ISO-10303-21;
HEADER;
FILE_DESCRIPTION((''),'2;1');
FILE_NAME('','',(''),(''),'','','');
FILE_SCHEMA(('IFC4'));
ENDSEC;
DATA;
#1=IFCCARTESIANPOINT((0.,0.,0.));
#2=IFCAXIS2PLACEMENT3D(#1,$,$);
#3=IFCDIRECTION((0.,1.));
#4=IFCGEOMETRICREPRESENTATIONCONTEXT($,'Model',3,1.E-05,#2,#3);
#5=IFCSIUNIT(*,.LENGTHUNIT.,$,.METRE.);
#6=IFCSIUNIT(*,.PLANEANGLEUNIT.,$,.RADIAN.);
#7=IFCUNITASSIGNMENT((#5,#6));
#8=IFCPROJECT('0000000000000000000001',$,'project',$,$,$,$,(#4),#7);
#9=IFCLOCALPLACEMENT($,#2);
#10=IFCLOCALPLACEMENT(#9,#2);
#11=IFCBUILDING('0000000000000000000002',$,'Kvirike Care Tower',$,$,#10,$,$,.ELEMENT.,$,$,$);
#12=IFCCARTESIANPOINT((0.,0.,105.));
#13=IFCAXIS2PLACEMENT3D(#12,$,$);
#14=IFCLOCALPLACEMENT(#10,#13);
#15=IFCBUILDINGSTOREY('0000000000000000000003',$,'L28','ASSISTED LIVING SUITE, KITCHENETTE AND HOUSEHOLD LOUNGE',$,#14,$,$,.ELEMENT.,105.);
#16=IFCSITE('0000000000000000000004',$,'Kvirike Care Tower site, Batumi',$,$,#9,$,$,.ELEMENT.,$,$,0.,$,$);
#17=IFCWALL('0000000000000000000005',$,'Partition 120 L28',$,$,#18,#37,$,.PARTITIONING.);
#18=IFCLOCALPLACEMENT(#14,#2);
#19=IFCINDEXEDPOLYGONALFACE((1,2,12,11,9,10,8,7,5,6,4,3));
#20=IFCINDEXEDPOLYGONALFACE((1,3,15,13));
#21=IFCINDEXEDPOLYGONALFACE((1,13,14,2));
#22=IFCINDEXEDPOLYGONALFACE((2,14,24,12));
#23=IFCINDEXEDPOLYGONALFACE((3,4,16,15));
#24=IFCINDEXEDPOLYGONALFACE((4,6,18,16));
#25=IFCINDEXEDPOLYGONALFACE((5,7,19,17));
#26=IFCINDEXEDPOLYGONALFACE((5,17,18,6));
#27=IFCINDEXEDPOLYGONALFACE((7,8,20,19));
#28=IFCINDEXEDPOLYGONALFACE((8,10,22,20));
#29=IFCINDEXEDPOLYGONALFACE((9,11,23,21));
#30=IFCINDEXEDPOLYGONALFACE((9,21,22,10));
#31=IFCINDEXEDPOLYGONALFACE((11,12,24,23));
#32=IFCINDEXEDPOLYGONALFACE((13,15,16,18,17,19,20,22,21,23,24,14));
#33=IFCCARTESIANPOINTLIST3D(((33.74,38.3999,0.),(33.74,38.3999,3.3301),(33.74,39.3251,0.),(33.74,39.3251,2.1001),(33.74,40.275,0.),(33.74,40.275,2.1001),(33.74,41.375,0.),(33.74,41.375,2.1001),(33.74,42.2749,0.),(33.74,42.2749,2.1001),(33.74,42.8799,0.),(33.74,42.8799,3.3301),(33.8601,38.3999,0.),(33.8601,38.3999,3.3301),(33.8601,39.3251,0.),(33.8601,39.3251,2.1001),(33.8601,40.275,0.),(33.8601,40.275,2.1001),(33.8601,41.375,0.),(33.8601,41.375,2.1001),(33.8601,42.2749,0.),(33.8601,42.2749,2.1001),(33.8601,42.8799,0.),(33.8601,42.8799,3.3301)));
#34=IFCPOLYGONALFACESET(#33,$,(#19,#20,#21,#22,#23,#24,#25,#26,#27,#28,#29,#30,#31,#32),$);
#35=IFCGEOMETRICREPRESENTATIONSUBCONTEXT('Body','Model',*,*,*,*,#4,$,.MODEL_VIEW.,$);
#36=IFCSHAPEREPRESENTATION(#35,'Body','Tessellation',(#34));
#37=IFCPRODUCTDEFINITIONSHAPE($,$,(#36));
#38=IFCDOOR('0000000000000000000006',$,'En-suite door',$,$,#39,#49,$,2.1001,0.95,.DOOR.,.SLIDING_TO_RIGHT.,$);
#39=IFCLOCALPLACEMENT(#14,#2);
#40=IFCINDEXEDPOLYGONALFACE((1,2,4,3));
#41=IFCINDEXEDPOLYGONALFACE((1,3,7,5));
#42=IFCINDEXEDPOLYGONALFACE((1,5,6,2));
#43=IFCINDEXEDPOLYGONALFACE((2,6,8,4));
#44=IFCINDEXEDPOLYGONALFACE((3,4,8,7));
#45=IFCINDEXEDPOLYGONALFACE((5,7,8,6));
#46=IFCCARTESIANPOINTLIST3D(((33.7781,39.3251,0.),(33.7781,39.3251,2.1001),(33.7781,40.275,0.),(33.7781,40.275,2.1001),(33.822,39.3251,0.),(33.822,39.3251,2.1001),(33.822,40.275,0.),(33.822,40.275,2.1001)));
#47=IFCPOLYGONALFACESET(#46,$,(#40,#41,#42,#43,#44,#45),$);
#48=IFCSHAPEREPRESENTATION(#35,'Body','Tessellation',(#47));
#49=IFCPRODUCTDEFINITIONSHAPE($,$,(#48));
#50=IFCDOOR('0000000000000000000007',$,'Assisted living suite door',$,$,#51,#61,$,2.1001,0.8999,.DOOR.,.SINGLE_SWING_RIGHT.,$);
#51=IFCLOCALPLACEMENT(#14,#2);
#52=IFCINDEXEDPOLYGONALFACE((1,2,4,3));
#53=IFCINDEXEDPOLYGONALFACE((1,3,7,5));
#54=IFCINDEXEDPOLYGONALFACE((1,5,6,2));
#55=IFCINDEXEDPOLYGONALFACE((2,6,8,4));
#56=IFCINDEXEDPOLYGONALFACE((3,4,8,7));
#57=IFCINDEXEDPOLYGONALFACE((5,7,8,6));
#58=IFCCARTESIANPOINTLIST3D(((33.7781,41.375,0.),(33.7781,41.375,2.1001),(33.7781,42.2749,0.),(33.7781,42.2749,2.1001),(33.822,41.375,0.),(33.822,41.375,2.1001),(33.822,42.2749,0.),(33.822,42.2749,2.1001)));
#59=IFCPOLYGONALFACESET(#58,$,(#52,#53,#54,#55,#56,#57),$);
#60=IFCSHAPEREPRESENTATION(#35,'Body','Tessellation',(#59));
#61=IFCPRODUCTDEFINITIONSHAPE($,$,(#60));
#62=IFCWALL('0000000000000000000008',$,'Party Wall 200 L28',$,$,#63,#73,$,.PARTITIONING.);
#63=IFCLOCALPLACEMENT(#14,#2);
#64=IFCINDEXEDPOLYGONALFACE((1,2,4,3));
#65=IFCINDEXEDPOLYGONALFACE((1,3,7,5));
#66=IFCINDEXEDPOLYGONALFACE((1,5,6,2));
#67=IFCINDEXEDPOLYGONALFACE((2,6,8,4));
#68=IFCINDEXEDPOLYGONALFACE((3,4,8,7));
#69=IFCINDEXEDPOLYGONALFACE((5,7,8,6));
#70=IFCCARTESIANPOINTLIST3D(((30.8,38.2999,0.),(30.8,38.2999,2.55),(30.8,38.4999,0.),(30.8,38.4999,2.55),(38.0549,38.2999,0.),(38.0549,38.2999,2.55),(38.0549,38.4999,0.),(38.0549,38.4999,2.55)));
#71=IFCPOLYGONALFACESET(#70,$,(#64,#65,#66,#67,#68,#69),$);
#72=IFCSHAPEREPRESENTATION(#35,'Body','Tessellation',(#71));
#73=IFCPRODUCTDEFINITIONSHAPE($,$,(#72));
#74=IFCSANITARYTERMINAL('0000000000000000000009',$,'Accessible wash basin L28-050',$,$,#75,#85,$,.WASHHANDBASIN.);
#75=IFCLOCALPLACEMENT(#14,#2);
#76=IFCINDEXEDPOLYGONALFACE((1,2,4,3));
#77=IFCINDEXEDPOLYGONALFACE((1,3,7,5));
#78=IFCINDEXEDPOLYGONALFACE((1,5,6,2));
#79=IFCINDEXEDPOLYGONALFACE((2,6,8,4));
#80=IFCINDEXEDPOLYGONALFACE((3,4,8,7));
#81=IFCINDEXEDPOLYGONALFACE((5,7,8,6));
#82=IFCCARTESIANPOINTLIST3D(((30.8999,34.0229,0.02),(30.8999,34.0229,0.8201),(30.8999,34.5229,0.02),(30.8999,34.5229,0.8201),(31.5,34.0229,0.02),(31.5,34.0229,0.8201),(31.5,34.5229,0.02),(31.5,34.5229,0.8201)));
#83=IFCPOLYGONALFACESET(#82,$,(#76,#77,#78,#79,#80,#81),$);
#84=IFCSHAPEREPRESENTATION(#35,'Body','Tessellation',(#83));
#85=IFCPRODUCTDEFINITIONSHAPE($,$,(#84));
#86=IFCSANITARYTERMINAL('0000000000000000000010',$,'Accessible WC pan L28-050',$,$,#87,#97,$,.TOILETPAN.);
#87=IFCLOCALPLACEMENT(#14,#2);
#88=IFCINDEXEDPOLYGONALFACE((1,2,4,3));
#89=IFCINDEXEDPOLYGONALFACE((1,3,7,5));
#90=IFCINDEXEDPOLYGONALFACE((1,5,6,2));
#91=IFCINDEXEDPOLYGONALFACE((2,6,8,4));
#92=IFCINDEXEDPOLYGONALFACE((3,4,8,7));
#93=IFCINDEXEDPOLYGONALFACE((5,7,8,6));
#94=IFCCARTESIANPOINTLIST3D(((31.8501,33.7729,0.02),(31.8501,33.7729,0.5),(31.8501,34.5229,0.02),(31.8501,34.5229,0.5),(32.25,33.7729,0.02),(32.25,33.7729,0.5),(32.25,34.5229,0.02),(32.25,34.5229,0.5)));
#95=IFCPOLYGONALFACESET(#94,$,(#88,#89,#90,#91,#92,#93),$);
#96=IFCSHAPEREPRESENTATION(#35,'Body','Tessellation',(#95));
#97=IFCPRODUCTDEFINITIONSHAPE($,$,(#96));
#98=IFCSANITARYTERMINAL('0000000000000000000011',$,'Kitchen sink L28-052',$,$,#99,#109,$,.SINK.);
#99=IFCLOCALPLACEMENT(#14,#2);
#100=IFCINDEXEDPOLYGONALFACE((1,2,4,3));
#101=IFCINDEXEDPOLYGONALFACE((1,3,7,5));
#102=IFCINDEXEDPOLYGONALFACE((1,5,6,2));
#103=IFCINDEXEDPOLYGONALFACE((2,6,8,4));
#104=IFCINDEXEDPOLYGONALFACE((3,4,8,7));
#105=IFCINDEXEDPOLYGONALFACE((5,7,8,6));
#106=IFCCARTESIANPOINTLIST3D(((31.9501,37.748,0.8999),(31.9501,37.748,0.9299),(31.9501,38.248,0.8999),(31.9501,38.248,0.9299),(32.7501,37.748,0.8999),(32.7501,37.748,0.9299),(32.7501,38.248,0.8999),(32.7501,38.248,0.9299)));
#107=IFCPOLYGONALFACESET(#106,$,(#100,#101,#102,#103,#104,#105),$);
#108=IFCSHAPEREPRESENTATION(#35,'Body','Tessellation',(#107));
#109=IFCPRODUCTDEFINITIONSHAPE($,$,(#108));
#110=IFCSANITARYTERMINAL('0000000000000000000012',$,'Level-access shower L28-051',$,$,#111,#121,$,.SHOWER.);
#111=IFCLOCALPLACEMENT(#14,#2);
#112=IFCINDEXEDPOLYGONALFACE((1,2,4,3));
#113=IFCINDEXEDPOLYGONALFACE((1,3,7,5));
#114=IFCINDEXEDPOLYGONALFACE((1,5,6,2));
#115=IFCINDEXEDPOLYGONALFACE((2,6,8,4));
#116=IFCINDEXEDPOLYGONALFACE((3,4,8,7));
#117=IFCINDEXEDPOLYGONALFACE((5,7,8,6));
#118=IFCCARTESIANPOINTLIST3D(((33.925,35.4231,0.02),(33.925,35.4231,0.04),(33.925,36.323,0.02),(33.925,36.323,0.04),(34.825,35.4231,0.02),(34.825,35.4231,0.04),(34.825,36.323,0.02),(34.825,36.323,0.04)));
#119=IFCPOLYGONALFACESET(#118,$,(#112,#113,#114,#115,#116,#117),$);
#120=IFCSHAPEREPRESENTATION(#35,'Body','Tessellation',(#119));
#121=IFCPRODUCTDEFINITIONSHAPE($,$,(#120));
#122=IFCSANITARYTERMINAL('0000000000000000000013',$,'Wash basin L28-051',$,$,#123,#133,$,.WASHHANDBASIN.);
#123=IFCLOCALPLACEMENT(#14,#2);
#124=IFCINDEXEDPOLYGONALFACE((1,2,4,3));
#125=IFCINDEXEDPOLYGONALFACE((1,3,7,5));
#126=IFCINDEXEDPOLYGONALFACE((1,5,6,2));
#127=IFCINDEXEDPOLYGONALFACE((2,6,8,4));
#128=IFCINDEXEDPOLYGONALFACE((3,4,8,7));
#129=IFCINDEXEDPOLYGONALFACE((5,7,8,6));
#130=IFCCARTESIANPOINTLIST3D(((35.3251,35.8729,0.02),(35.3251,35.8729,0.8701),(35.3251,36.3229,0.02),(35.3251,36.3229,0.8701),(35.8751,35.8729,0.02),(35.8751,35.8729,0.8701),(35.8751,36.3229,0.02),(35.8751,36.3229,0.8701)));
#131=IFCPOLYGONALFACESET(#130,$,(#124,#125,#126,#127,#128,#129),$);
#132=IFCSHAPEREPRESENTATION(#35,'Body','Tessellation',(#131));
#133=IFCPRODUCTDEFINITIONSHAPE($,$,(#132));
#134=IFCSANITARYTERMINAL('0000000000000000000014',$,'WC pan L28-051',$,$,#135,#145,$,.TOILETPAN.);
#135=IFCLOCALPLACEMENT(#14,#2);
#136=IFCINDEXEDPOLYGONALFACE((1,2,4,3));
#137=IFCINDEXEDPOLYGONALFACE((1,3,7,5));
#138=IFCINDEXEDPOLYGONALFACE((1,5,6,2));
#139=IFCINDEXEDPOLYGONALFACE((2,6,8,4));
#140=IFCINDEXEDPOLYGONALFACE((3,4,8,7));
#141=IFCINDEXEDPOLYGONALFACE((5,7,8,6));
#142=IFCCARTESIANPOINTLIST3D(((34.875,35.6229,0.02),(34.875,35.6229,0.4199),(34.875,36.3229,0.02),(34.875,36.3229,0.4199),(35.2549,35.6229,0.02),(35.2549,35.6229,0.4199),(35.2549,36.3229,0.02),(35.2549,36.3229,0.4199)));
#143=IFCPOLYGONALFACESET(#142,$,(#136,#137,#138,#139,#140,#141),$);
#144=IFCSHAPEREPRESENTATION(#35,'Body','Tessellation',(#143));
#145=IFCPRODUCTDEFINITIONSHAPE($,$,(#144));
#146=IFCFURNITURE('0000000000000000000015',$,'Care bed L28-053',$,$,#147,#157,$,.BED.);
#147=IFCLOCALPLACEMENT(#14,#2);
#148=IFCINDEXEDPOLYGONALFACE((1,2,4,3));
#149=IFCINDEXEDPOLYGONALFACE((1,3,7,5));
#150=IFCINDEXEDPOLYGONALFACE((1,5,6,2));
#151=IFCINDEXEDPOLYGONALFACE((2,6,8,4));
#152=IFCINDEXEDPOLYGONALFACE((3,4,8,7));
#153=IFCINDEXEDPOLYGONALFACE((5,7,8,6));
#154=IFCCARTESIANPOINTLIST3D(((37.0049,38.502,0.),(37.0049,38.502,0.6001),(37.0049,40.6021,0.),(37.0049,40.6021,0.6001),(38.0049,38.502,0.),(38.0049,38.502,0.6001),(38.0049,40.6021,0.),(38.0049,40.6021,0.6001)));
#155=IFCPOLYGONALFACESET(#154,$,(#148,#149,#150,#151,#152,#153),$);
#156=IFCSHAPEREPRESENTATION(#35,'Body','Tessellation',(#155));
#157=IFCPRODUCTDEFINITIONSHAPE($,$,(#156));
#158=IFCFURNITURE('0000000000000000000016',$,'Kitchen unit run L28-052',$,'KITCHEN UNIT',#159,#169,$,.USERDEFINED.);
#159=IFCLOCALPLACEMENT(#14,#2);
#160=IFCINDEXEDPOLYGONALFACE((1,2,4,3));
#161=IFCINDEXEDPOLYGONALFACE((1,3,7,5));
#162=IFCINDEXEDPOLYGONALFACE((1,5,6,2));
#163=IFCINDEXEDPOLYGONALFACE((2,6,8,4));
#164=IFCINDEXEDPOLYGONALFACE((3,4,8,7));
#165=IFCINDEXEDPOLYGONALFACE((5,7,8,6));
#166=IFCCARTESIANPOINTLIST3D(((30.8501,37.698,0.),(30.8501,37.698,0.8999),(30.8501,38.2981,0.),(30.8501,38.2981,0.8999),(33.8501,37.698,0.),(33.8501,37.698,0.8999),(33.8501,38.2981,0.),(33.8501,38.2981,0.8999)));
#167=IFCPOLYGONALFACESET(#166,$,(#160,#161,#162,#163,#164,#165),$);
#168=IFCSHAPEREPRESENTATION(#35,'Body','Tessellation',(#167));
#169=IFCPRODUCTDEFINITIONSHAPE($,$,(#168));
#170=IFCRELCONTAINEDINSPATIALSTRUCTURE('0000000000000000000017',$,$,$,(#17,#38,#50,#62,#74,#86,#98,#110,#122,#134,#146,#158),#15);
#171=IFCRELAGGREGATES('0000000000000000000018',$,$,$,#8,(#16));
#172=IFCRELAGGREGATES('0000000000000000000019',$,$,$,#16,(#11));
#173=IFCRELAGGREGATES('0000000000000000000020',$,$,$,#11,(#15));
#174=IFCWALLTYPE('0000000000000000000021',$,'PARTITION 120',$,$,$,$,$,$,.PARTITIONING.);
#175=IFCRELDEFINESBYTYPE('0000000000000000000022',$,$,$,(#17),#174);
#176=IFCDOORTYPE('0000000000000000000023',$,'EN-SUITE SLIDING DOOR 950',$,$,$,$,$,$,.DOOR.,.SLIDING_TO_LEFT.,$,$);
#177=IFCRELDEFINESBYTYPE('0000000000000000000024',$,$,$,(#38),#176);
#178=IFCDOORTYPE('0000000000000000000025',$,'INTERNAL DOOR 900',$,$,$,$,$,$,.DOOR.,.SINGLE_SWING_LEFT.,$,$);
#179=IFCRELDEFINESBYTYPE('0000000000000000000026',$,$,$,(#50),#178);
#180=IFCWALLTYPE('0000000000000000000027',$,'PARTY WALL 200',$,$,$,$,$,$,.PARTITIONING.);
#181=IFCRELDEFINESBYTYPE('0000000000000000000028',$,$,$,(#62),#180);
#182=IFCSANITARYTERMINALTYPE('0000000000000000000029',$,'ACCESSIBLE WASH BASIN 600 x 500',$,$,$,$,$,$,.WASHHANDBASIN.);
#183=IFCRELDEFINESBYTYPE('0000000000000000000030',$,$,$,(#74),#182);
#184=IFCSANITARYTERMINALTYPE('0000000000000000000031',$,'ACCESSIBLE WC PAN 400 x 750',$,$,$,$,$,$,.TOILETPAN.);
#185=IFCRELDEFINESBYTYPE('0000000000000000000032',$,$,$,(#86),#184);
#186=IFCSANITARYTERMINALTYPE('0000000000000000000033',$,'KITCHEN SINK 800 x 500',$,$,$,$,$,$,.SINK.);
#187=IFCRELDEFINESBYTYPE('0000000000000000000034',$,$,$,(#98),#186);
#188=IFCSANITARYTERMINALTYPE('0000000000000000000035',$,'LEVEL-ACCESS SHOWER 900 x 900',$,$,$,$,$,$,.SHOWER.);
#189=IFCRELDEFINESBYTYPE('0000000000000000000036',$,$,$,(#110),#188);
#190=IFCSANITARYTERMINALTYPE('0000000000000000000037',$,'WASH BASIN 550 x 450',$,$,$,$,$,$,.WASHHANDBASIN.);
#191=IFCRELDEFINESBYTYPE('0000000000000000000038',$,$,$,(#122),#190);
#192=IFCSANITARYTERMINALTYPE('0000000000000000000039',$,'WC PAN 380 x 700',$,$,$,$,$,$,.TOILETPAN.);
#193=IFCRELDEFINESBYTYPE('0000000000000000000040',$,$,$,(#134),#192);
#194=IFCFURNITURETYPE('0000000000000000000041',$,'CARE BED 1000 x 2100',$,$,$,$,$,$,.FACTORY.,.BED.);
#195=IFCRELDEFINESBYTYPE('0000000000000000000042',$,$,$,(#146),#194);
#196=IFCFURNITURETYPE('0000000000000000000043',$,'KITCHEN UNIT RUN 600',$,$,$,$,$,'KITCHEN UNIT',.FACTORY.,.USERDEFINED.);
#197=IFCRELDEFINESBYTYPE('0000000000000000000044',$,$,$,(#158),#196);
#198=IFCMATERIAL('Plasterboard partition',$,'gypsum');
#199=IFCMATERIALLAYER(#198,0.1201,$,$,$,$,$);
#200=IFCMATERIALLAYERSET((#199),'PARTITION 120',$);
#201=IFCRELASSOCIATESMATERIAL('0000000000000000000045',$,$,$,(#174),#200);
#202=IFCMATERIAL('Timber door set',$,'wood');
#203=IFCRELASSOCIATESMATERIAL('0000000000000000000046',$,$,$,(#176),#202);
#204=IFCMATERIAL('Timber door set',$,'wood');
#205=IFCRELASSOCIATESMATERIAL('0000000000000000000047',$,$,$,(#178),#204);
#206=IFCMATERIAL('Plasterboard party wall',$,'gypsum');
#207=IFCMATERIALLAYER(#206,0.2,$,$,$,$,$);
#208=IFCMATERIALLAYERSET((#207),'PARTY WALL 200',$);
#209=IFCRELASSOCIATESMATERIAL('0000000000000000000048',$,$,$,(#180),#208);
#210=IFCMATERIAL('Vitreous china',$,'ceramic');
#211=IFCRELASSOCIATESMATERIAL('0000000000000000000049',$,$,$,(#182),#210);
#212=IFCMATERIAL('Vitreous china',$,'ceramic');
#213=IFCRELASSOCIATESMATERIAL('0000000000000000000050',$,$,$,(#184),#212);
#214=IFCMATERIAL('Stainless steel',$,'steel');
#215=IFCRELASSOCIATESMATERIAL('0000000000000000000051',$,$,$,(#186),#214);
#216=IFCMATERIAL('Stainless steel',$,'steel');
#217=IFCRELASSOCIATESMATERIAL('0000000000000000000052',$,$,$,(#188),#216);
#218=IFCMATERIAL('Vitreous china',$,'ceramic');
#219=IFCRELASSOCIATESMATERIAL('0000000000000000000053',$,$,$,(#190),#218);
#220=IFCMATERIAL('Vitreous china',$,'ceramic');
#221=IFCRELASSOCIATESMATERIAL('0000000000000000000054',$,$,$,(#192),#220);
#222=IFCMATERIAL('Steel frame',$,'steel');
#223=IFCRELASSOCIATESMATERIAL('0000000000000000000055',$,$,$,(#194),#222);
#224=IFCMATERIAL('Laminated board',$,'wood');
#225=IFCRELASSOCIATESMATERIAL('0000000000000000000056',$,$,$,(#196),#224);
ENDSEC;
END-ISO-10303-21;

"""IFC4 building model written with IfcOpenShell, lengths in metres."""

from ifc_helpers import new_model, si_unit, direction, frame, frame_2d, origin, origin_2d, place, context, subcontext, project, spatial, rectangle, extrude, material, layer, layer_set, type_object, element, fill, save


model = new_model("IFC4")

# Units and contexts
model_context = context("Model", 3, precision=1e-05, world=origin(), true_north=direction((0.0, 1.0)))
body_context = subcontext(model_context, "Body", "Model", "MODEL_VIEW")
ifc_project = project(units=[si_unit("LENGTHUNIT", "METRE"), si_unit("PLANEANGLEUNIT", "RADIAN")], contexts=[model_context])

# Site, building, storey
site_placement = place(None, origin())
site = spatial("IfcSite", under=ifc_project, at=site_placement, Name="Kvirike Care Tower site, Batumi", CompositionType="ELEMENT", RefElevation=0.0)
building_placement = place(site_placement, origin())
building = spatial("IfcBuilding", under=site, at=building_placement, Name="Kvirike Care Tower", CompositionType="ELEMENT")
storey_placement = place(building_placement, frame((0.0, 0.0, 105.0)))
storey = spatial("IfcBuildingStorey", under=building, at=storey_placement, Name="L28", Description="ASSISTED LIVING SUITE, KITCHENETTE AND HOUSEHOLD LOUNGE", CompositionType="ELEMENT", Elevation=105.0)

# Wall, openings, doors
ifc_material_1 = material(Name="Plasterboard partition", Category="gypsum")
ifc_layer_1 = layer(ifc_material_1, 0.1201)
ifc_layer_set_1 = layer_set([ifc_layer_1], Name="PARTITION 120")
wall_type_1 = type_object("IfcWallType", Name="PARTITION 120", PredefinedType="PARTITIONING", material=ifc_layer_set_1)
ifc_material_2 = material(Name="Timber door set", Category="wood")
door_type_1 = type_object("IfcDoorType", Name="EN-SUITE SLIDING DOOR 950", OperationType="SLIDING_TO_LEFT", PredefinedType="DOOR", material=ifc_material_2)
ifc_material_3 = material(Name="Timber door set", Category="wood")
door_type_2 = type_object("IfcDoorType", Name="INTERNAL DOOR 900", OperationType="SINGLE_SWING_LEFT", PredefinedType="DOOR", material=ifc_material_3)
wall_1_placement = place(storey_placement, frame((33.8, 38.3999, 0.0), z_axis=(0.0, 0.0, 1.0), x_axis=(0.0, 1.0, 0.0)))
wall_1 = element("IfcWall", 1, at=wall_1_placement, inside=storey, type_object=wall_type_1, Name="Partition 120 L28", PredefinedType="PARTITIONING", context=body_context, shape_type="SweptSolid", body=[
    extrude(rectangle(XDim=4.48, YDim=0.1201, at=frame_2d((2.24, 0.0))), origin(), (0.0, 0.0, 1.0), 3.3301),
])
opening_1_placement = place(wall_1_placement, frame((2.9751, 0.0, 0.0)))
opening_1 = element("IfcOpeningElement", 2, at=opening_1_placement, cuts=wall_1, PredefinedType="OPENING", context=body_context, shape_type="SweptSolid", body=[
    extrude(rectangle(XDim=0.8999, YDim=2.1001, at=frame_2d((0.45, 1.05))), frame((0.0, 0.0706, 0.0), z_axis=(0.0, -1.0, 0.0), x_axis=(1.0, 0.0, 0.0)), (0.0, 0.0, 1.0), 0.1411),
])
opening_2_placement = place(wall_1_placement, frame((0.925, 0.0, 0.0)))
opening_2 = element("IfcOpeningElement", 3, at=opening_2_placement, cuts=wall_1, PredefinedType="OPENING", context=body_context, shape_type="SweptSolid", body=[
    extrude(rectangle(XDim=0.95, YDim=2.1001, at=frame_2d((0.4751, 1.05))), frame((0.0, 0.0706, 0.0), z_axis=(0.0, -1.0, 0.0), x_axis=(1.0, 0.0, 0.0)), (0.0, 0.0, 1.0), 0.1411),
])
door_1_placement = place(opening_2_placement, origin())
door_1 = element("IfcDoor", 4, at=door_1_placement, inside=storey, type_object=door_type_1, Name="En-suite door", OperationType="SLIDING_TO_RIGHT", OverallHeight=2.1001, OverallWidth=0.95, PredefinedType="DOOR", context=body_context, shape_type="SweptSolid", body=[
    extrude(rectangle(XDim=0.95, YDim=2.1001, at=frame_2d((0.4751, 1.05))), frame((0.0, 0.022, 0.0), z_axis=(0.0, -1.0, 0.0), x_axis=(1.0, 0.0, 0.0)), (0.0, 0.0, 1.0), 0.0439),
])
fill(opening_2, door_1)
door_2_placement = place(opening_1_placement, origin())
door_2 = element("IfcDoor", 5, at=door_2_placement, inside=storey, type_object=door_type_2, Name="Assisted living suite door", OperationType="SINGLE_SWING_RIGHT", OverallHeight=2.1001, OverallWidth=0.8999, PredefinedType="DOOR", context=body_context, shape_type="SweptSolid", body=[
    extrude(rectangle(XDim=0.8999, YDim=2.1001, at=frame_2d((0.45, 1.05))), frame((0.0, 0.022, 0.0), z_axis=(0.0, -1.0, 0.0), x_axis=(1.0, 0.0, 0.0)), (0.0, 0.0, 1.0), 0.0439),
])
fill(opening_1, door_2)

# Wall
ifc_material_4 = material(Name="Plasterboard party wall", Category="gypsum")
ifc_layer_2 = layer(ifc_material_4, 0.2)
ifc_layer_set_2 = layer_set([ifc_layer_2], Name="PARTY WALL 200")
wall_type_2 = type_object("IfcWallType", Name="PARTY WALL 200", PredefinedType="PARTITIONING", material=ifc_layer_set_2)
wall_2_placement = place(storey_placement, frame((38.0549, 38.3999, 0.0), z_axis=(0.0, 0.0, 1.0), x_axis=(-1.0, 0.0, 0.0)))
element("IfcWall", 6, at=wall_2_placement, inside=storey, type_object=wall_type_2, Name="Party Wall 200 L28", PredefinedType="PARTITIONING", context=body_context, shape_type="SweptSolid", body=[
    extrude(rectangle(XDim=7.2549, YDim=0.2, at=frame_2d((3.6274, 0.0))), origin(), (0.0, 0.0, 1.0), 2.55),
])

# Sanitary terminals
ifc_material_5 = material(Name="Vitreous china", Category="ceramic")
sanitary_terminal_type_1 = type_object("IfcSanitaryTerminalType", Name="ACCESSIBLE WASH BASIN 600 x 500", PredefinedType="WASHHANDBASIN", material=ifc_material_5)
sanitary_terminal_1_placement = place(storey_placement, frame((31.2, 34.2729, 0.02), z_axis=(0.0, 0.0, 1.0), x_axis=(1.0, 0.0, 0.0)))
element("IfcSanitaryTerminal", 7, at=sanitary_terminal_1_placement, inside=storey, type_object=sanitary_terminal_type_1, Name="Accessible wash basin L28-050", PredefinedType="WASHHANDBASIN", context=body_context, shape_type="SweptSolid", body=[
    extrude(rectangle(XDim=0.6001, YDim=0.5, at=origin_2d()), origin(), (0.0, 0.0, 1.0), 0.8),
])
ifc_material_6 = material(Name="Vitreous china", Category="ceramic")
sanitary_terminal_type_2 = type_object("IfcSanitaryTerminalType", Name="ACCESSIBLE WC PAN 400 x 750", PredefinedType="TOILETPAN", material=ifc_material_6)
sanitary_terminal_2_placement = place(storey_placement, frame((32.05, 34.1479, 0.02), z_axis=(0.0, 0.0, 1.0), x_axis=(1.0, 0.0, 0.0)))
element("IfcSanitaryTerminal", 8, at=sanitary_terminal_2_placement, inside=storey, type_object=sanitary_terminal_type_2, Name="Accessible WC pan L28-050", PredefinedType="TOILETPAN", context=body_context, shape_type="SweptSolid", body=[
    extrude(rectangle(XDim=0.3999, YDim=0.75, at=origin_2d()), origin(), (0.0, 0.0, 1.0), 0.48),
])
ifc_material_7 = material(Name="Stainless steel", Category="steel")
sanitary_terminal_type_3 = type_object("IfcSanitaryTerminalType", Name="KITCHEN SINK 800 x 500", PredefinedType="SINK", material=ifc_material_7)
sanitary_terminal_3_placement = place(storey_placement, frame((32.3501, 37.998, 0.8999), z_axis=(0.0, 0.0, 1.0), x_axis=(1.0, 0.0, 0.0)))
element("IfcSanitaryTerminal", 9, at=sanitary_terminal_3_placement, inside=storey, type_object=sanitary_terminal_type_3, Name="Kitchen sink L28-052", PredefinedType="SINK", context=body_context, shape_type="SweptSolid", body=[
    extrude(rectangle(XDim=0.8, YDim=0.5, at=origin_2d()), origin(), (0.0, 0.0, 1.0), 0.03),
])
ifc_material_8 = material(Name="Stainless steel", Category="steel")
sanitary_terminal_type_4 = type_object("IfcSanitaryTerminalType", Name="LEVEL-ACCESS SHOWER 900 x 900", PredefinedType="SHOWER", material=ifc_material_8)
sanitary_terminal_4_placement = place(storey_placement, frame((34.375, 35.873, 0.02), z_axis=(0.0, 0.0, 1.0), x_axis=(1.0, 0.0, 0.0)))
element("IfcSanitaryTerminal", 10, at=sanitary_terminal_4_placement, inside=storey, type_object=sanitary_terminal_type_4, Name="Level-access shower L28-051", PredefinedType="SHOWER", context=body_context, shape_type="SweptSolid", body=[
    extrude(rectangle(XDim=0.8999, YDim=0.8999, at=origin_2d()), origin(), (0.0, 0.0, 1.0), 0.02),
])
ifc_material_9 = material(Name="Vitreous china", Category="ceramic")
sanitary_terminal_type_5 = type_object("IfcSanitaryTerminalType", Name="WASH BASIN 550 x 450", PredefinedType="WASHHANDBASIN", material=ifc_material_9)
sanitary_terminal_5_placement = place(storey_placement, frame((35.6001, 36.0979, 0.02), z_axis=(0.0, 0.0, 1.0), x_axis=(1.0, 0.0, 0.0)))
element("IfcSanitaryTerminal", 11, at=sanitary_terminal_5_placement, inside=storey, type_object=sanitary_terminal_type_5, Name="Wash basin L28-051", PredefinedType="WASHHANDBASIN", context=body_context, shape_type="SweptSolid", body=[
    extrude(rectangle(XDim=0.55, YDim=0.45, at=origin_2d()), origin(), (0.0, 0.0, 1.0), 0.8501),
])
ifc_material_10 = material(Name="Vitreous china", Category="ceramic")
sanitary_terminal_type_6 = type_object("IfcSanitaryTerminalType", Name="WC PAN 380 x 700", PredefinedType="TOILETPAN", material=ifc_material_10)
sanitary_terminal_6_placement = place(storey_placement, frame((35.0649, 35.9729, 0.02), z_axis=(0.0, 0.0, 1.0), x_axis=(1.0, 0.0, 0.0)))
element("IfcSanitaryTerminal", 12, at=sanitary_terminal_6_placement, inside=storey, type_object=sanitary_terminal_type_6, Name="WC pan L28-051", PredefinedType="TOILETPAN", context=body_context, shape_type="SweptSolid", body=[
    extrude(rectangle(XDim=0.3799, YDim=0.7, at=origin_2d()), origin(), (0.0, 0.0, 1.0), 0.3999),
])

# Furniture
ifc_material_11 = material(Name="Steel frame", Category="steel")
furniture_type_1 = type_object("IfcFurnitureType", Name="CARE BED 1000 x 2100", AssemblyPlace="FACTORY", PredefinedType="BED", material=ifc_material_11)
furniture_1_placement = place(storey_placement, frame((37.5049, 39.552, 0.0), z_axis=(0.0, 0.0, 1.0), x_axis=(-1.0, 0.0, 0.0)))
element("IfcFurniture", 13, at=furniture_1_placement, inside=storey, type_object=furniture_type_1, Name="Care bed L28-053", PredefinedType="BED", context=body_context, shape_type="SweptSolid", body=[
    extrude(rectangle(XDim=1.0, YDim=2.1001, at=origin_2d()), origin(), (0.0, 0.0, 1.0), 0.6001),
])
ifc_material_12 = material(Name="Laminated board", Category="wood")
furniture_type_2 = type_object("IfcFurnitureType", Name="KITCHEN UNIT RUN 600", ElementType="KITCHEN UNIT", AssemblyPlace="FACTORY", PredefinedType="USERDEFINED", material=ifc_material_12)
furniture_2_placement = place(storey_placement, frame((32.3501, 37.998, 0.0), z_axis=(0.0, 0.0, 1.0), x_axis=(1.0, 0.0, 0.0)))
element("IfcFurniture", 14, at=furniture_2_placement, inside=storey, type_object=furniture_type_2, Name="Kitchen unit run L28-052", ObjectType="KITCHEN UNIT", PredefinedType="USERDEFINED", context=body_context, shape_type="SweptSolid", body=[
    extrude(rectangle(XDim=3.0, YDim=0.6001, at=origin_2d()), origin(), (0.0, 0.0, 1.0), 0.8999),
])

save(model, "model.ifc")
